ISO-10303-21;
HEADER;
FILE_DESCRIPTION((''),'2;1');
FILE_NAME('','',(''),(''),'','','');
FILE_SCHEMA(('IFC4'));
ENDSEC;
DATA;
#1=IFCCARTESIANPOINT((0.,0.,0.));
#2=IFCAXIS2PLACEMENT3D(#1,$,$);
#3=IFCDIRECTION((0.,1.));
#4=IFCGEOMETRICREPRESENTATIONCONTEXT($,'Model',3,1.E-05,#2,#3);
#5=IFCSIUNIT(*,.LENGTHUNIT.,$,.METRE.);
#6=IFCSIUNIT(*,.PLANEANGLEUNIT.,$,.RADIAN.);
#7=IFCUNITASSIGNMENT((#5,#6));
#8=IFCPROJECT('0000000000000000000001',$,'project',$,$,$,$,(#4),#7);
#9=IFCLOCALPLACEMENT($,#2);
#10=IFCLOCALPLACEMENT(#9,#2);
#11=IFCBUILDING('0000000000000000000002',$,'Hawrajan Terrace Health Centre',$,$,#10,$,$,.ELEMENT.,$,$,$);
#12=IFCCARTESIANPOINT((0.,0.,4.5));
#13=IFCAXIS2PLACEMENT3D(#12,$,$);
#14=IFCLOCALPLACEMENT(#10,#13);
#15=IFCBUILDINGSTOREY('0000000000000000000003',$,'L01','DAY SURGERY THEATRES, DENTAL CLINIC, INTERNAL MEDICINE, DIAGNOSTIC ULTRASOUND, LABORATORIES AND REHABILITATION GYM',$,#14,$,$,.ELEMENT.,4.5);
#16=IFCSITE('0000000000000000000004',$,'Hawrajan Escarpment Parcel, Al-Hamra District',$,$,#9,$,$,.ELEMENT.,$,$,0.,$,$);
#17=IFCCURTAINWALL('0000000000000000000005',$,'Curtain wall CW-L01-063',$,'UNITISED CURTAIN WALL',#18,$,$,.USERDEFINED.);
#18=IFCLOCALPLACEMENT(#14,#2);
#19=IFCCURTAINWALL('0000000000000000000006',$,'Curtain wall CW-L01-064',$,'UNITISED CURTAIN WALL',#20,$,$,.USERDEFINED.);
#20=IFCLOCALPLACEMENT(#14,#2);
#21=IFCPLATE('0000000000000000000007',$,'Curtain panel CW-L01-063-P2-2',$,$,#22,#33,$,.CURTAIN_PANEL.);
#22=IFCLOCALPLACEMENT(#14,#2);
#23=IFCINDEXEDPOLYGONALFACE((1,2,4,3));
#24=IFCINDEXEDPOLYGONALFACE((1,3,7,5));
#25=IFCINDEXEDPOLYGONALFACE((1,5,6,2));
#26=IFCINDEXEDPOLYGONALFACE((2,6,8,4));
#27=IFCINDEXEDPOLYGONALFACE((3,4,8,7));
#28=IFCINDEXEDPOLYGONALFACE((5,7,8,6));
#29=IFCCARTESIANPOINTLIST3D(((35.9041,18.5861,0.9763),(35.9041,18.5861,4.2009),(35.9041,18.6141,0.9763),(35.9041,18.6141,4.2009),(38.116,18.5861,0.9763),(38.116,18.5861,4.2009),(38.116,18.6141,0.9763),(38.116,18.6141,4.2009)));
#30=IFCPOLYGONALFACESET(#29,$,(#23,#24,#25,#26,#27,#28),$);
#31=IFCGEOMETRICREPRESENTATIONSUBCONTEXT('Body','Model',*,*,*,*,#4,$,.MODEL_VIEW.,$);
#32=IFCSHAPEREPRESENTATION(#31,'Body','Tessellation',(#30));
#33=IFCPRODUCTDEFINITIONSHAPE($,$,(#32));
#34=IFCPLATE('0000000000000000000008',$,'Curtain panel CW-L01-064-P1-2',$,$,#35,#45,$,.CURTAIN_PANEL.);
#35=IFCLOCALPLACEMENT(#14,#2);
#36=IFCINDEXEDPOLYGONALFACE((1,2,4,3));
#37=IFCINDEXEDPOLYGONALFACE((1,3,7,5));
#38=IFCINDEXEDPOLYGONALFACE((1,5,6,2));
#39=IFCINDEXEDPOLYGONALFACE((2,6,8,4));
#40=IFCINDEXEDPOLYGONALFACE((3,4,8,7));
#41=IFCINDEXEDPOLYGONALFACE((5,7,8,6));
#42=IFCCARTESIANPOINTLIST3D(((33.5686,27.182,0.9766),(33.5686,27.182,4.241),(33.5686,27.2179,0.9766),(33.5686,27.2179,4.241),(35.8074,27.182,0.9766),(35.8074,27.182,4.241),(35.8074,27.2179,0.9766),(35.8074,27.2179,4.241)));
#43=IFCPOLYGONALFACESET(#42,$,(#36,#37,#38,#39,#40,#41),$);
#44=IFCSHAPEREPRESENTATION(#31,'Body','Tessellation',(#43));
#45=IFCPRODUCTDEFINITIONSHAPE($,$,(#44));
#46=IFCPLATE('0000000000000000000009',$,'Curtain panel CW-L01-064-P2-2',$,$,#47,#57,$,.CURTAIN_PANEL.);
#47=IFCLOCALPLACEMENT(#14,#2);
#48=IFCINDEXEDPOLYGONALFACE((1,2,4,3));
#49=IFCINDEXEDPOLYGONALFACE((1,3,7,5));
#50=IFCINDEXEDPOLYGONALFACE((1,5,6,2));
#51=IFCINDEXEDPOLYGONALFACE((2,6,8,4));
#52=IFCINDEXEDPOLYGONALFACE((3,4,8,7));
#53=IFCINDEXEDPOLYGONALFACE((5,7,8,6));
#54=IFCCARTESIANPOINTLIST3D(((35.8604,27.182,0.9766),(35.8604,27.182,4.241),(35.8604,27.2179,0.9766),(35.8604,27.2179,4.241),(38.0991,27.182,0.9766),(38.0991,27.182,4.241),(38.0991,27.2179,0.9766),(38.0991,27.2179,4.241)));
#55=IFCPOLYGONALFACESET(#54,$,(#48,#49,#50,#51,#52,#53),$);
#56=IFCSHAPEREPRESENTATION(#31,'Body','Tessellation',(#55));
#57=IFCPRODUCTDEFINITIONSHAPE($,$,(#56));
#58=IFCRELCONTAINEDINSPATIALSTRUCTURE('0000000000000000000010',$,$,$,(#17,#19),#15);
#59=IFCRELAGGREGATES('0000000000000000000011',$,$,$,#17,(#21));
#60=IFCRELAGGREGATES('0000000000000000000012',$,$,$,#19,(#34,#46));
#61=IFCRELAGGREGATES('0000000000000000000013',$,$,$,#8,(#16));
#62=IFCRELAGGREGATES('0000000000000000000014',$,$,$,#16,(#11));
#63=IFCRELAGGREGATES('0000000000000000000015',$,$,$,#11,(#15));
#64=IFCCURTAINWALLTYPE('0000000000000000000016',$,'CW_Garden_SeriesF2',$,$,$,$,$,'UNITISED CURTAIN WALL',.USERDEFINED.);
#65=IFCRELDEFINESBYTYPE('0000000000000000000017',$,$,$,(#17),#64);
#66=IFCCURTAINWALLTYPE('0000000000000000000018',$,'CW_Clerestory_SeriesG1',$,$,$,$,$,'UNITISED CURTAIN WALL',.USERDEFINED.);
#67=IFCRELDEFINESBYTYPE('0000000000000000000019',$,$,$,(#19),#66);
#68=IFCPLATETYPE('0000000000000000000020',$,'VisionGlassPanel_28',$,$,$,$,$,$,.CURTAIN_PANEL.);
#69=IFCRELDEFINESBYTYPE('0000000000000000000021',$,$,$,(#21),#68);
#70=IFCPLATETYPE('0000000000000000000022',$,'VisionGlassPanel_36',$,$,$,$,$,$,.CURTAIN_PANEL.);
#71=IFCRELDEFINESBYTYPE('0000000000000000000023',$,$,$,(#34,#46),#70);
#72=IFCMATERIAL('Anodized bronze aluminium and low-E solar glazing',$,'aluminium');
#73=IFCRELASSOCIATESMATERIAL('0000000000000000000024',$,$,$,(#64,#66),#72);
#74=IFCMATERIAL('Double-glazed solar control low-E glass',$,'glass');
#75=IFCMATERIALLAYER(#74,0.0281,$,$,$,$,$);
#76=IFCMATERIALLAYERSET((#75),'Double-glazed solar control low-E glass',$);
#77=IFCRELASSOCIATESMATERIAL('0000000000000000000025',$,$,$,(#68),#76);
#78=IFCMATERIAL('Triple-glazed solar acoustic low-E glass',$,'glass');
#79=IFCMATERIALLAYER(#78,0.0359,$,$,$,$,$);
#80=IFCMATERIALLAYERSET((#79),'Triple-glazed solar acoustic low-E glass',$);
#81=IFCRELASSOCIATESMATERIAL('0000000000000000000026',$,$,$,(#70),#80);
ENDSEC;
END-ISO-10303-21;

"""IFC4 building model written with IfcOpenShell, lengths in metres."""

from ifc_helpers import new_model, si_unit, direction, frame, origin, origin_2d, place, context, subcontext, project, spatial, rectangle, extrude, material, layer, layer_set, type_object, element, aggregate, save


model = new_model("IFC4")

# Units and contexts
model_context = context("Model", 3, precision=1e-05, world=origin(), true_north=direction((0.0, 1.0)))
body_context = subcontext(model_context, "Body", "Model", "MODEL_VIEW")
ifc_project = project(units=[si_unit("LENGTHUNIT", "METRE"), si_unit("PLANEANGLEUNIT", "RADIAN")], contexts=[model_context])

# Site, building, storey
site_placement = place(None, origin())
site = spatial("IfcSite", under=ifc_project, at=site_placement, Name="Hawrajan Escarpment Parcel, Al-Hamra District", CompositionType="ELEMENT", RefElevation=0.0)
building_placement = place(site_placement, origin())
building = spatial("IfcBuilding", under=site, at=building_placement, Name="Hawrajan Terrace Health Centre", CompositionType="ELEMENT")
storey_placement = place(building_placement, frame((0.0, 0.0, 4.5)))
storey = spatial("IfcBuildingStorey", under=building, at=storey_placement, Name="L01", Description="DAY SURGERY THEATRES, DENTAL CLINIC, INTERNAL MEDICINE, DIAGNOSTIC ULTRASOUND, LABORATORIES AND REHABILITATION GYM", CompositionType="ELEMENT", Elevation=4.5)

# Curtain walls
ifc_material_1 = material(Name="Anodized bronze aluminium and low-E solar glazing", Category="aluminium")
curtain_wall_type_1 = type_object("IfcCurtainWallType", Name="CW_Garden_SeriesF2", ElementType="UNITISED CURTAIN WALL", PredefinedType="USERDEFINED", material=ifc_material_1)
curtain_wall_1_placement = place(storey_placement, origin())
curtain_wall_1 = element("IfcCurtainWall", 1, at=curtain_wall_1_placement, inside=storey, type_object=curtain_wall_type_1, Name="Curtain wall CW-L01-063", ObjectType="UNITISED CURTAIN WALL", PredefinedType="USERDEFINED")
curtain_wall_type_2 = type_object("IfcCurtainWallType", Name="CW_Clerestory_SeriesG1", ElementType="UNITISED CURTAIN WALL", PredefinedType="USERDEFINED", material=ifc_material_1)
curtain_wall_2_placement = place(storey_placement, origin())
curtain_wall_2 = element("IfcCurtainWall", 2, at=curtain_wall_2_placement, inside=storey, type_object=curtain_wall_type_2, Name="Curtain wall CW-L01-064", ObjectType="UNITISED CURTAIN WALL", PredefinedType="USERDEFINED")

# Plates
ifc_material_2 = material(Name="Double-glazed solar control low-E glass", Category="glass")
ifc_layer_1 = layer(ifc_material_2, 0.0281)
ifc_layer_set_1 = layer_set([ifc_layer_1], Name="Double-glazed solar control low-E glass")
plate_type_1 = type_object("IfcPlateType", Name="VisionGlassPanel_28", PredefinedType="CURTAIN_PANEL", material=ifc_layer_set_1)
plate_1_placement = place(storey_placement, frame((37.01, 18.6001, 0.9763), z_axis=(0.0, 0.0, 1.0), x_axis=(1.0, 0.0, 0.0)))
plate_1 = element("IfcPlate", 3, at=plate_1_placement, type_object=plate_type_1, Name="Curtain panel CW-L01-063-P2-2", PredefinedType="CURTAIN_PANEL", context=body_context, shape_type="SweptSolid", body=[
    extrude(rectangle(XDim=2.2119, YDim=0.0281, at=origin_2d()), origin(), (0.0, 0.0, 1.0), 3.2246),
])
aggregate(curtain_wall_1, [plate_1])
ifc_material_3 = material(Name="Triple-glazed solar acoustic low-E glass", Category="glass")
ifc_layer_2 = layer(ifc_material_3, 0.0359)
ifc_layer_set_2 = layer_set([ifc_layer_2], Name="Triple-glazed solar acoustic low-E glass")
plate_type_2 = type_object("IfcPlateType", Name="VisionGlassPanel_36", PredefinedType="CURTAIN_PANEL", material=ifc_layer_set_2)
plate_2_placement = place(storey_placement, frame((34.688, 27.2, 0.9766), z_axis=(0.0, 0.0, 1.0), x_axis=(1.0, 0.0, 0.0)))
plate_2 = element("IfcPlate", 4, at=plate_2_placement, type_object=plate_type_2, Name="Curtain panel CW-L01-064-P1-2", PredefinedType="CURTAIN_PANEL", context=body_context, shape_type="SweptSolid", body=[
    extrude(rectangle(XDim=2.2388, YDim=0.0359, at=origin_2d()), origin(), (0.0, 0.0, 1.0), 3.2644),
])
plate_3_placement = place(storey_placement, frame((36.9797, 27.2, 0.9766), z_axis=(0.0, 0.0, 1.0), x_axis=(1.0, 0.0, 0.0)))
plate_3 = element("IfcPlate", 5, at=plate_3_placement, type_object=plate_type_2, Name="Curtain panel CW-L01-064-P2-2", PredefinedType="CURTAIN_PANEL", context=body_context, shape_type="SweptSolid", body=[
    extrude(rectangle(XDim=2.2388, YDim=0.0359, at=origin_2d()), origin(), (0.0, 0.0, 1.0), 3.2644),
])
aggregate(curtain_wall_2, [plate_2, plate_3])

save(model, "model.ifc")
